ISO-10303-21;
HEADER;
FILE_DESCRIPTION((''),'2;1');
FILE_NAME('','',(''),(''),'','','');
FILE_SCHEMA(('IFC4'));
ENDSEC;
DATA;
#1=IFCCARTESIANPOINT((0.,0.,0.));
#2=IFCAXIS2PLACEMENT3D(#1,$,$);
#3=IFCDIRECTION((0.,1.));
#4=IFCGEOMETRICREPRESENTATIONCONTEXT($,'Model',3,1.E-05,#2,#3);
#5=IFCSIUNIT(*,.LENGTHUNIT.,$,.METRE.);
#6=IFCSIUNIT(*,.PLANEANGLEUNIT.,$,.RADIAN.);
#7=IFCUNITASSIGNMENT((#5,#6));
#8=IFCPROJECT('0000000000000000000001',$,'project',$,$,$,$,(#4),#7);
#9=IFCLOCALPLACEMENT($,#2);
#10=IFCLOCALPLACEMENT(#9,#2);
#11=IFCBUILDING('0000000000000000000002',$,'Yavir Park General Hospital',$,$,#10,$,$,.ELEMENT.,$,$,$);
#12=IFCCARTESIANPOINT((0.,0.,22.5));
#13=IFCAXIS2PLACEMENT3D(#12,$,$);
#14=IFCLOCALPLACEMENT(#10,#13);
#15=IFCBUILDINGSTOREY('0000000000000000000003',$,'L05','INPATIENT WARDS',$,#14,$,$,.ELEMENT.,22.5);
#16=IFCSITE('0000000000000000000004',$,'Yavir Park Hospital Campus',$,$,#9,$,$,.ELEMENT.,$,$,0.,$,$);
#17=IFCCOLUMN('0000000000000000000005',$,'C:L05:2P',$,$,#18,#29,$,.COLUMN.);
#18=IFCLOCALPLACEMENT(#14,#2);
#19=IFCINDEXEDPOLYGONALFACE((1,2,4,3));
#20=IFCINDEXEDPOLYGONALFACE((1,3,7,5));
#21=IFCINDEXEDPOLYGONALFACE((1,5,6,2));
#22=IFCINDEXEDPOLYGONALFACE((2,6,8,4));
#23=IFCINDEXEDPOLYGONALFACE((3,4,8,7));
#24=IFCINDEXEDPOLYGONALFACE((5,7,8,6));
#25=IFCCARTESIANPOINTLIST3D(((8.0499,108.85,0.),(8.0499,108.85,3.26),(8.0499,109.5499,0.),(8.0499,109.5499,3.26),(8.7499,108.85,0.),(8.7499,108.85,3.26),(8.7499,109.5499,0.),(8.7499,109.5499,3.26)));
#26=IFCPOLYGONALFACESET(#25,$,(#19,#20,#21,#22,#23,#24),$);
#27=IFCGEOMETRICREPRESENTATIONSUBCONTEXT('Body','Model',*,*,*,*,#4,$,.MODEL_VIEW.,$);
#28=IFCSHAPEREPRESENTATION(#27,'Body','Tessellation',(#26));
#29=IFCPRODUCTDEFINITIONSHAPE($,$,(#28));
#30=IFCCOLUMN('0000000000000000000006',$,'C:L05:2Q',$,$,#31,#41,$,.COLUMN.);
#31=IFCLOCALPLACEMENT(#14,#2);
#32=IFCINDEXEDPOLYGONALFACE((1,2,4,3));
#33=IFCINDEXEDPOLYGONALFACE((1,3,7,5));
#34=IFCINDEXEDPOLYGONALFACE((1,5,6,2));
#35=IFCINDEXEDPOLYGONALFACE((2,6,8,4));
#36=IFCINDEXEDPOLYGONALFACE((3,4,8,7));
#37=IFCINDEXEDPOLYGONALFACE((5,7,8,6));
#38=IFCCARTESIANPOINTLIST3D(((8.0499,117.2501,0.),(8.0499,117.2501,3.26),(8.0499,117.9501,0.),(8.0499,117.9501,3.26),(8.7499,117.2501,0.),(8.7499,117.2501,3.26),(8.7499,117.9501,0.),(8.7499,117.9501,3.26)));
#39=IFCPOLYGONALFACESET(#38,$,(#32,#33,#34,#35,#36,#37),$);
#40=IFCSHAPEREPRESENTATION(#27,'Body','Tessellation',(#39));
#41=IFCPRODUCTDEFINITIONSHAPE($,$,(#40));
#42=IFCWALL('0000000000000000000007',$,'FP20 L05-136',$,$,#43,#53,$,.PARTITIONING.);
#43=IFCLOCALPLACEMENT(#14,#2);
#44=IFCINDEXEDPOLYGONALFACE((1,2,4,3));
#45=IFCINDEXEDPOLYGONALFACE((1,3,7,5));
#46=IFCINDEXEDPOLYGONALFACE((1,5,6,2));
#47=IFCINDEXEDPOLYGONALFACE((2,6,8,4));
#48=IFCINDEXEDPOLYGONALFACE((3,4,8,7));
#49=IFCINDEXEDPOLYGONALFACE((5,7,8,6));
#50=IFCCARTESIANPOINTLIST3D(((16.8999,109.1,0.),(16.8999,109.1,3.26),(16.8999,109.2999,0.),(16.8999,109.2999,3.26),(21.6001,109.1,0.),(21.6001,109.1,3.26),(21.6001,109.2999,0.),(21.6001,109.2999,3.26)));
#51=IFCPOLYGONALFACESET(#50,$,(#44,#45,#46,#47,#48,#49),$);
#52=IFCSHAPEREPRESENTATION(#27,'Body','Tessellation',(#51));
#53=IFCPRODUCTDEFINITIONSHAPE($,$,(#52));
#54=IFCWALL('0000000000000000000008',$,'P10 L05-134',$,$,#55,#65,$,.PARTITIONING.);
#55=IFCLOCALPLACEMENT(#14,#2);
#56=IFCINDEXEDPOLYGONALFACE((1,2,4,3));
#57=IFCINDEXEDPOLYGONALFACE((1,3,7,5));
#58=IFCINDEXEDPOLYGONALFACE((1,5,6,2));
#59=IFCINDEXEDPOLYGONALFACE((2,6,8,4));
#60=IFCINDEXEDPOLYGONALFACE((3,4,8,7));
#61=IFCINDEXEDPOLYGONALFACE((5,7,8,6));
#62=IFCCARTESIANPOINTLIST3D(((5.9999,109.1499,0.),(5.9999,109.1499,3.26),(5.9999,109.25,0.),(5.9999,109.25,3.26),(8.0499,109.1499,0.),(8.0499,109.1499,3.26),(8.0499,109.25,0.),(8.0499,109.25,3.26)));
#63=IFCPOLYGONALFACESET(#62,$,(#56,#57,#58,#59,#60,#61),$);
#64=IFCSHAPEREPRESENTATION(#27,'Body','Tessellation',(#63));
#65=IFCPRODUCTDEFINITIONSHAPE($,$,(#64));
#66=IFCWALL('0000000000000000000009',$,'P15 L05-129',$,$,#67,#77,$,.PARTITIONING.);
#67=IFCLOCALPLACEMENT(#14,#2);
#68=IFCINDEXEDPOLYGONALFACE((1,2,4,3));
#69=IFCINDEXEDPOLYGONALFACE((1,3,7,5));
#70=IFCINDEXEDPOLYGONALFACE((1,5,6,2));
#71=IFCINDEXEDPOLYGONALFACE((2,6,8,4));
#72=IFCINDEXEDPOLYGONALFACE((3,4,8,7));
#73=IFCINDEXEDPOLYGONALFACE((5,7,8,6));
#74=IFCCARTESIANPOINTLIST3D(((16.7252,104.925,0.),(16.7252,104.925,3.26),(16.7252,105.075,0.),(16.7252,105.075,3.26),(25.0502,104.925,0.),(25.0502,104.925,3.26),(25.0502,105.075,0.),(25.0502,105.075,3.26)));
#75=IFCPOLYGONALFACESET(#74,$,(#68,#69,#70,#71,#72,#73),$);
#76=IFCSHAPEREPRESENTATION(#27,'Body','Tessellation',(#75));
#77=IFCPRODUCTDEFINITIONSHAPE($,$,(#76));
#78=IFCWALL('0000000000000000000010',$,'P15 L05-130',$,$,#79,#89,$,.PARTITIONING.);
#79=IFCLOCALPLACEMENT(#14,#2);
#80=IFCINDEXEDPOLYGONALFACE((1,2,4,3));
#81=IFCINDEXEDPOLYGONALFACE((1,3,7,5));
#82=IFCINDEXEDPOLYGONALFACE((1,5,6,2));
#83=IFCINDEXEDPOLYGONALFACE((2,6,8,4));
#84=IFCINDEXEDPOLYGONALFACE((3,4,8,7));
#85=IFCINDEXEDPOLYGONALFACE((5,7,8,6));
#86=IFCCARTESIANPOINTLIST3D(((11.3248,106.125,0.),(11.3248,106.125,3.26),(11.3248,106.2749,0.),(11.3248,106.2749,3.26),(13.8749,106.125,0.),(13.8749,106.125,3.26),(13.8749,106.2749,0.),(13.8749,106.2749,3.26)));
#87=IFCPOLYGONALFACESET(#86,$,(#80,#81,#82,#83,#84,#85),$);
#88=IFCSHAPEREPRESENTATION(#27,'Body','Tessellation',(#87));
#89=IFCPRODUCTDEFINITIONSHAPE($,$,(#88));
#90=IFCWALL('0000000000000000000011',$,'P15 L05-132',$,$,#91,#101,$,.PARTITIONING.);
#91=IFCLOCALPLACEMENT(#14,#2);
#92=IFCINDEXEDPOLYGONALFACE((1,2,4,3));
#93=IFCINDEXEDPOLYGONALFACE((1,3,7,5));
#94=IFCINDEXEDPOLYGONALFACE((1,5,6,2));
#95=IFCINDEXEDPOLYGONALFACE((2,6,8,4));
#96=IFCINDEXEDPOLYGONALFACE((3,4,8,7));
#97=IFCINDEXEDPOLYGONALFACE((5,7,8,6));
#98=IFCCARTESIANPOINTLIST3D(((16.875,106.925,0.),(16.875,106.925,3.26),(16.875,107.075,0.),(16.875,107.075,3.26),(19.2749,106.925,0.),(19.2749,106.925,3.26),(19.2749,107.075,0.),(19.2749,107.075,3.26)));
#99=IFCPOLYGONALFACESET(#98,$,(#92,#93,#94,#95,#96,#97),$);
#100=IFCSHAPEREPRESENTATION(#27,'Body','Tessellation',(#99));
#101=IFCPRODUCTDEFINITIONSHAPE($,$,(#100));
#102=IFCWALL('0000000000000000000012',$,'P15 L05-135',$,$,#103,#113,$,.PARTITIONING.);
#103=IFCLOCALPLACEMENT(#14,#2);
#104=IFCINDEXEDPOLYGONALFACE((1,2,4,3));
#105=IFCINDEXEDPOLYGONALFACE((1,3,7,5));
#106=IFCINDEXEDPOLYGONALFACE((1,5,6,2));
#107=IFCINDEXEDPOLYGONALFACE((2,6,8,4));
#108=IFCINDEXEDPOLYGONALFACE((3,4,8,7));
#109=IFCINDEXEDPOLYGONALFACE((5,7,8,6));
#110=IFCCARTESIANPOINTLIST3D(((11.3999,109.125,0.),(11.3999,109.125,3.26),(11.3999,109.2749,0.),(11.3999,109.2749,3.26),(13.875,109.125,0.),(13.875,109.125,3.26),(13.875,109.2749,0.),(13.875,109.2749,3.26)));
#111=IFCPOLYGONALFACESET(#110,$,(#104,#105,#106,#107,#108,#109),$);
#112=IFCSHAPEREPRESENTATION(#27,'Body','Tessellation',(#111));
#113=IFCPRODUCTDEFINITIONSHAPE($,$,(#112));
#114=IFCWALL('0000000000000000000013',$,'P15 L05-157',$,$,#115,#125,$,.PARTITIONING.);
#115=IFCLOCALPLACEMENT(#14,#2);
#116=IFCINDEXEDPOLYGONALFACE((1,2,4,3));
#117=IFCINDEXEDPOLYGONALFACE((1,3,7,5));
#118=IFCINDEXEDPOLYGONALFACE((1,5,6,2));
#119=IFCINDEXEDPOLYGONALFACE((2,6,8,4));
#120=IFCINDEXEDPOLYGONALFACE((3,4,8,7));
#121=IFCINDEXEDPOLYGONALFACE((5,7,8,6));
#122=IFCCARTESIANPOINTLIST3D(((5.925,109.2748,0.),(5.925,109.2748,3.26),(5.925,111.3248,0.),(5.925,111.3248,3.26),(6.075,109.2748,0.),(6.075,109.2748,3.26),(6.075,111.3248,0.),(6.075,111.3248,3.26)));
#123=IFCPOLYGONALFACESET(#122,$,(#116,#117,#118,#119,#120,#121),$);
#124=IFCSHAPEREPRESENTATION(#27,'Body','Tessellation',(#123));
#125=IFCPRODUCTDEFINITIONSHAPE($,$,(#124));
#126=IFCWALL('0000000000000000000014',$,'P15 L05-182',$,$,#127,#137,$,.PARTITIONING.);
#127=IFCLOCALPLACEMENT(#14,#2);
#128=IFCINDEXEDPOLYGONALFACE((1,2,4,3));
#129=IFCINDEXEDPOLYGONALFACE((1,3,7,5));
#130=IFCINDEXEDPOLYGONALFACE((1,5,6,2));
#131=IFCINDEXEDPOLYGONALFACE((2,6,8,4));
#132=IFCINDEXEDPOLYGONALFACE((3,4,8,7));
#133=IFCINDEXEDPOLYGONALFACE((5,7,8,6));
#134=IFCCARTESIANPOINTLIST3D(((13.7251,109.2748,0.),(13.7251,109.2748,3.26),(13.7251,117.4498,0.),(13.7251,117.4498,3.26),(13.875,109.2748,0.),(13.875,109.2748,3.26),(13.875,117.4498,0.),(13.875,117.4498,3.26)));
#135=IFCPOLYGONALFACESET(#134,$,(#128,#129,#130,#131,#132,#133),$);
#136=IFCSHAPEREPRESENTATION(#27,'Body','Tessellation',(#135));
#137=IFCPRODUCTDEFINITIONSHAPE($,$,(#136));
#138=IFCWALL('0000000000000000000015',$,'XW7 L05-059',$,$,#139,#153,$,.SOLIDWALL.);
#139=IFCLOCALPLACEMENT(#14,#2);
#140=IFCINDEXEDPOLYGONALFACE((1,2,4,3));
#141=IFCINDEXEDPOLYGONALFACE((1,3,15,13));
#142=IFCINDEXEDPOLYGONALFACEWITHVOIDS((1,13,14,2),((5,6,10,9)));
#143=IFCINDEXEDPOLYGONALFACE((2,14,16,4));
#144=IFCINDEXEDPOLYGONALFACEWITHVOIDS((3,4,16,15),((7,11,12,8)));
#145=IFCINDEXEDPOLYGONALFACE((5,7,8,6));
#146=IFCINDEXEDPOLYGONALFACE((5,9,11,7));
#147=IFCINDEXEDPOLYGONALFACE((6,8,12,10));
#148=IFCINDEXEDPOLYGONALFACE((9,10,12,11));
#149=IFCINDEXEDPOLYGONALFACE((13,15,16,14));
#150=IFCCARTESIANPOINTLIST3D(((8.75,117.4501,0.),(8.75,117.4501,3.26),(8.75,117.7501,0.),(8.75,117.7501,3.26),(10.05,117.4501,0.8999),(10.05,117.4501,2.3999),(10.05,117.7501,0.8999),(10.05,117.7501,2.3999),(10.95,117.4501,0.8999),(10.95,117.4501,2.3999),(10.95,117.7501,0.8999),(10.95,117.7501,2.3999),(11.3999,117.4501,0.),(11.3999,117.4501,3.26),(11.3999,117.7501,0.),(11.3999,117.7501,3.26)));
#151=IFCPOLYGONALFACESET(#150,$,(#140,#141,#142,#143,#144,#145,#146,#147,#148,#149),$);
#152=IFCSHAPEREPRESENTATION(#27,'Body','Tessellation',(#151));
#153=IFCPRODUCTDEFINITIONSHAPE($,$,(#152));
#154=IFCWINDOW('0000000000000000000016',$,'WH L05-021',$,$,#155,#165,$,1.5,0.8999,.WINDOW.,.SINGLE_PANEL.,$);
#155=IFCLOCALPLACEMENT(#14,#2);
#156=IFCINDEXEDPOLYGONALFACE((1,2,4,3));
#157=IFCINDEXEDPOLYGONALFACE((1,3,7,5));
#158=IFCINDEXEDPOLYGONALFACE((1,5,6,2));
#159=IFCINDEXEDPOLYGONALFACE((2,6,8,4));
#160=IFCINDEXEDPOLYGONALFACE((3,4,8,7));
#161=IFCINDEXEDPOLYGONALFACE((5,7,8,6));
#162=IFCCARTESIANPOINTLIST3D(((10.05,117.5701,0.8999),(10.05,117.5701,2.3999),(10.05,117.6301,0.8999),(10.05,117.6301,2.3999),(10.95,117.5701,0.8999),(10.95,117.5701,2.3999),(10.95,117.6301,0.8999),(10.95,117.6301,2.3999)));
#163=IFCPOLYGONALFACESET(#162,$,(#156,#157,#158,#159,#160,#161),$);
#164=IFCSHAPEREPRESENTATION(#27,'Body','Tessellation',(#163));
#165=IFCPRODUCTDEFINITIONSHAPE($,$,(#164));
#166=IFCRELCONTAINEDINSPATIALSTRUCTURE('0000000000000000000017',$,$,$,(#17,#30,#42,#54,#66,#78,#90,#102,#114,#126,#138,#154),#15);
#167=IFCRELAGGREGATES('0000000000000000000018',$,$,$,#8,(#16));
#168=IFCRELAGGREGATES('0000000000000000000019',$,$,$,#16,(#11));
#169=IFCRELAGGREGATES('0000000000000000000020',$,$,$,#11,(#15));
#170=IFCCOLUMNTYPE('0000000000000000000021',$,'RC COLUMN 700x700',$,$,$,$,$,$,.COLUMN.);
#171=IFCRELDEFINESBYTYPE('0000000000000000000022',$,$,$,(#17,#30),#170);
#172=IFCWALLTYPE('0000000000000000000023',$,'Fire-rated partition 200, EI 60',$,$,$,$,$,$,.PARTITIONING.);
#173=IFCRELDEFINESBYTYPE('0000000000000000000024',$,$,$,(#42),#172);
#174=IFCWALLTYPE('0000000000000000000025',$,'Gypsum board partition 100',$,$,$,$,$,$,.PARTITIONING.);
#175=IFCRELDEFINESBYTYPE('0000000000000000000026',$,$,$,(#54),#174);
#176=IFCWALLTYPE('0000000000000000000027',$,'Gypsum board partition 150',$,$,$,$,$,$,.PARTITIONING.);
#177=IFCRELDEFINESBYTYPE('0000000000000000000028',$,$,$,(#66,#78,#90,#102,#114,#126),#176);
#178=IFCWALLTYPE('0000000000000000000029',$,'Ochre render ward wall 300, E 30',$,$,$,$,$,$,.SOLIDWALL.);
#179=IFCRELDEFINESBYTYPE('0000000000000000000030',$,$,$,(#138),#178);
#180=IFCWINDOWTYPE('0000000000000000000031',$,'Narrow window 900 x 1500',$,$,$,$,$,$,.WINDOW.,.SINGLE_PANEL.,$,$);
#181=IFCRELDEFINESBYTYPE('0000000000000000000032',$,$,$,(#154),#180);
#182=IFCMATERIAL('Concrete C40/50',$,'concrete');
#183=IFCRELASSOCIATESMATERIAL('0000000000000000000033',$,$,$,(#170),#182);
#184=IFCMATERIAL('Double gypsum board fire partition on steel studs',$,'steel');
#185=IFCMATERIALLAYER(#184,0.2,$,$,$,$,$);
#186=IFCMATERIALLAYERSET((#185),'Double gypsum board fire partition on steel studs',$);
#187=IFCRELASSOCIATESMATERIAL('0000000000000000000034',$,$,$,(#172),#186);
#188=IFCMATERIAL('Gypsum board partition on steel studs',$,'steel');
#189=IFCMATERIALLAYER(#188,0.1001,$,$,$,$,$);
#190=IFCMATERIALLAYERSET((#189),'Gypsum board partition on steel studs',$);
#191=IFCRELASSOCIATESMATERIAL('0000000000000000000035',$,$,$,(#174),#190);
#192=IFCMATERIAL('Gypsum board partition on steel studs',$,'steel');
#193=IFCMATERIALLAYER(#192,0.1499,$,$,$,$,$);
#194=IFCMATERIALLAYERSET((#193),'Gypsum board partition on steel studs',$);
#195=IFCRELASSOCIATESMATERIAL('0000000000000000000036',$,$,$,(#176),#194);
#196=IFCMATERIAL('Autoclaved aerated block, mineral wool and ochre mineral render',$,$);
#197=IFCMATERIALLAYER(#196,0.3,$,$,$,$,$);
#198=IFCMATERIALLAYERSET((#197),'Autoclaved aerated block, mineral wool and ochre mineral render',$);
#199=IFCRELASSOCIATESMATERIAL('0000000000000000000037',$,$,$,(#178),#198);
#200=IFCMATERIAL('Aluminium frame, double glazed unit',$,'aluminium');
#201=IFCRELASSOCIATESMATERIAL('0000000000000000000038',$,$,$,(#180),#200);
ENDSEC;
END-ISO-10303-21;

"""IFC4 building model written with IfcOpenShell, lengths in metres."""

from ifc_helpers import new_model, si_unit, direction, frame, frame_2d, origin, origin_2d, place, context, subcontext, project, spatial, rectangle, extrude, material, layer, layer_set, material_profile, profile_set, type_object, element, fill, save


model = new_model("IFC4")

# Units and contexts
model_context = context("Model", 3, precision=1e-05, world=origin(), true_north=direction((0.0, 1.0)))
body_context = subcontext(model_context, "Body", "Model", "MODEL_VIEW")
ifc_project = project(units=[si_unit("LENGTHUNIT", "METRE"), si_unit("PLANEANGLEUNIT", "RADIAN")], contexts=[model_context])

# Site, building, storey
site_placement = place(None, origin())
site = spatial("IfcSite", under=ifc_project, at=site_placement, Name="Yavir Park Hospital Campus", CompositionType="ELEMENT", RefElevation=0.0)
building_placement = place(site_placement, origin())
building = spatial("IfcBuilding", under=site, at=building_placement, Name="Yavir Park General Hospital", CompositionType="ELEMENT")
storey_placement = place(building_placement, frame((0.0, 0.0, 22.5)))
storey = spatial("IfcBuildingStorey", under=building, at=storey_placement, Name="L05", Description="INPATIENT WARDS", CompositionType="ELEMENT", Elevation=22.5)

# Columns
ifc_material_1 = material(Name="Concrete C40/50", Category="concrete")
ifc_material_profile = material_profile(ifc_material_1, rectangle(XDim=0.7, YDim=0.7, at=origin_2d()), Name="RC700x700")
ifc_profile_set = profile_set([ifc_material_profile], Name="Concrete C40/50")
column_type = type_object("IfcColumnType", Name="RC COLUMN 700x700", PredefinedType="COLUMN", material=ifc_profile_set)
for number, where, z_axis, x_axis, name in (
    (1, (8.3999, 109.2, 0.0), (0.0, 0.0, 1.0), (1.0, 0.0, 0.0), "C:L05:2P"),
    (2, (8.3999, 117.6001, 0.0), (0.0, 0.0, 1.0), (1.0, 0.0, 0.0), "C:L05:2Q"),
):
    element("IfcColumn", number, at=place(storey_placement, frame(where, z_axis=z_axis, x_axis=x_axis)), inside=storey, type_object=column_type, Name=name, PredefinedType="COLUMN", context=body_context, shape_type="SweptSolid", body=[
        extrude(rectangle(XDim=0.7, YDim=0.7, at=origin_2d()), origin(), (0.0, 0.0, 1.0), 3.26),
    ])

# Wall
ifc_material_2 = material(Name="Double gypsum board fire partition on steel studs", Category="steel")
ifc_layer_1 = layer(ifc_material_2, 0.2)
ifc_layer_set_1 = layer_set([ifc_layer_1], Name="Double gypsum board fire partition on steel studs")
wall_type_1 = type_object("IfcWallType", Name="Fire-rated partition 200, EI 60", PredefinedType="PARTITIONING", material=ifc_layer_set_1)
wall_1_placement = place(storey_placement, frame((16.8999, 109.2, 0.0), z_axis=(0.0, 0.0, 1.0), x_axis=(1.0, 0.0, 0.0)))
element("IfcWall", 3, at=wall_1_placement, inside=storey, type_object=wall_type_1, Name="FP20 L05-136", PredefinedType="PARTITIONING", context=body_context, shape_type="SweptSolid", body=[
    extrude(rectangle(XDim=4.7002, YDim=0.2, at=frame_2d((2.3501, 0.0))), origin(), (0.0, 0.0, 1.0), 3.26),
])

# Walls
ifc_material_3 = material(Name="Gypsum board partition on steel studs", Category="steel")
ifc_layer_2 = layer(ifc_material_3, 0.1001)
ifc_layer_set_2 = layer_set([ifc_layer_2], Name="Gypsum board partition on steel studs")
wall_type_2 = type_object("IfcWallType", Name="Gypsum board partition 100", PredefinedType="PARTITIONING", material=ifc_layer_set_2)
wall_2_placement = place(storey_placement, frame((6.0, 109.2, 0.0), z_axis=(0.0, 0.0, 1.0), x_axis=(1.0, 0.0, 0.0)))
element("IfcWall", 4, at=wall_2_placement, inside=storey, type_object=wall_type_2, Name="P10 L05-134", PredefinedType="PARTITIONING", context=body_context, shape_type="SweptSolid", body=[
    extrude(rectangle(XDim=2.05, YDim=0.1001, at=frame_2d((1.0249, 0.0))), origin(), (0.0, 0.0, 1.0), 3.26),
])
ifc_material_4 = material(Name="Gypsum board partition on steel studs", Category="steel")
ifc_layer_3 = layer(ifc_material_4, 0.1499)
ifc_layer_set_3 = layer_set([ifc_layer_3], Name="Gypsum board partition on steel studs")
wall_type_3 = type_object("IfcWallType", Name="Gypsum board partition 150", PredefinedType="PARTITIONING", material=ifc_layer_set_3)
wall_3_placement = place(storey_placement, frame((16.7251, 105.0, 0.0), z_axis=(0.0, 0.0, 1.0), x_axis=(1.0, 0.0, 0.0)))
element("IfcWall", 5, at=wall_3_placement, inside=storey, type_object=wall_type_3, Name="P15 L05-129", PredefinedType="PARTITIONING", context=body_context, shape_type="SweptSolid", body=[
    extrude(rectangle(XDim=8.325, YDim=0.1499, at=frame_2d((4.1626, 0.0))), origin(), (0.0, 0.0, 1.0), 3.26),
])
wall_4_placement = place(storey_placement, frame((11.325, 106.2, 0.0), z_axis=(0.0, 0.0, 1.0), x_axis=(1.0, 0.0, 0.0)))
element("IfcWall", 6, at=wall_4_placement, inside=storey, type_object=wall_type_3, Name="P15 L05-130", PredefinedType="PARTITIONING", context=body_context, shape_type="SweptSolid", body=[
    extrude(rectangle(XDim=2.55, YDim=0.1499, at=frame_2d((1.2749, 0.0))), origin(), (0.0, 0.0, 1.0), 3.26),
])
wall_5_placement = place(storey_placement, frame((16.875, 107.0, 0.0), z_axis=(0.0, 0.0, 1.0), x_axis=(1.0, 0.0, 0.0)))
element("IfcWall", 7, at=wall_5_placement, inside=storey, type_object=wall_type_3, Name="P15 L05-132", PredefinedType="PARTITIONING", context=body_context, shape_type="SweptSolid", body=[
    extrude(rectangle(XDim=2.3999, YDim=0.1499, at=frame_2d((1.2, 0.0))), origin(), (0.0, 0.0, 1.0), 3.26),
])
wall_6_placement = place(storey_placement, frame((11.3999, 109.2, 0.0), z_axis=(0.0, 0.0, 1.0), x_axis=(1.0, 0.0, 0.0)))
element("IfcWall", 8, at=wall_6_placement, inside=storey, type_object=wall_type_3, Name="P15 L05-135", PredefinedType="PARTITIONING", context=body_context, shape_type="SweptSolid", body=[
    extrude(rectangle(XDim=2.4751, YDim=0.1499, at=frame_2d((1.2375, 0.0))), origin(), (0.0, 0.0, 1.0), 3.26),
])
wall_7_placement = place(storey_placement, frame((6.0, 109.2749, 0.0), z_axis=(0.0, 0.0, 1.0), x_axis=(0.0, 1.0, 0.0)))
element("IfcWall", 9, at=wall_7_placement, inside=storey, type_object=wall_type_3, Name="P15 L05-157", PredefinedType="PARTITIONING", context=body_context, shape_type="SweptSolid", body=[
    extrude(rectangle(XDim=2.05, YDim=0.1499, at=frame_2d((1.0249, 0.0))), origin(), (0.0, 0.0, 1.0), 3.26),
])

# Wall
wall_8_placement = place(storey_placement, frame((13.8, 109.2749, 0.0), z_axis=(0.0, 0.0, 1.0), x_axis=(0.0, 1.0, 0.0)))
element("IfcWall", 10, at=wall_8_placement, inside=storey, type_object=wall_type_3, Name="P15 L05-182", PredefinedType="PARTITIONING", context=body_context, shape_type="SweptSolid", body=[
    extrude(rectangle(XDim=8.175, YDim=0.1499, at=frame_2d((4.0874, 0.0))), origin(), (0.0, 0.0, 1.0), 3.26),
])

# Wall, opening, window
ifc_material_5 = material(Name="Autoclaved aerated block, mineral wool and ochre mineral render")
ifc_layer_4 = layer(ifc_material_5, 0.3)
ifc_layer_set_4 = layer_set([ifc_layer_4], Name="Autoclaved aerated block, mineral wool and ochre mineral render")
wall_type_4 = type_object("IfcWallType", Name="Ochre render ward wall 300, E 30", PredefinedType="SOLIDWALL", material=ifc_layer_set_4)
wall_9_placement = place(storey_placement, frame((8.75, 117.6001, 0.0), z_axis=(0.0, 0.0, 1.0), x_axis=(1.0, 0.0, 0.0)))
wall_9 = element("IfcWall", 11, at=wall_9_placement, inside=storey, type_object=wall_type_4, Name="XW7 L05-059", PredefinedType="SOLIDWALL", context=body_context, shape_type="SweptSolid", body=[
    extrude(rectangle(XDim=2.6499, YDim=0.3, at=frame_2d((1.325, 0.0))), origin(), (0.0, 0.0, 1.0), 3.26),
])
opening_1_placement = place(wall_9_placement, frame((1.3, 0.0, 0.8999)))
opening_1 = element("IfcOpeningElement", 12, at=opening_1_placement, cuts=wall_9, PredefinedType="OPENING", context=body_context, shape_type="SweptSolid", body=[
    extrude(rectangle(XDim=0.8999, YDim=1.5, at=frame_2d((0.45, 0.75))), frame((0.0, 0.1599, 0.0), z_axis=(0.0, -1.0, 0.0), x_axis=(1.0, 0.0, 0.0)), (0.0, 0.0, 1.0), 0.3201),
])
ifc_material_6 = material(Name="Aluminium frame, double glazed unit", Category="aluminium")
window_type_1 = type_object("IfcWindowType", Name="Narrow window 900 x 1500", PartitioningType="SINGLE_PANEL", PredefinedType="WINDOW", material=ifc_material_6)
window_1_placement = place(opening_1_placement, origin())
window_1 = element("IfcWindow", 13, at=window_1_placement, inside=storey, type_object=window_type_1, Name="WH L05-021", OverallHeight=1.5, OverallWidth=0.8999, PartitioningType="SINGLE_PANEL", PredefinedType="WINDOW", context=body_context, shape_type="SweptSolid", body=[
    extrude(rectangle(XDim=0.8999, YDim=1.5, at=frame_2d((0.45, 0.75))), frame((0.0, 0.03, 0.0), z_axis=(0.0, -1.0, 0.0), x_axis=(1.0, 0.0, 0.0)), (0.0, 0.0, 1.0), 0.0601),
])
fill(opening_1, window_1)

save(model, "model.ifc")
